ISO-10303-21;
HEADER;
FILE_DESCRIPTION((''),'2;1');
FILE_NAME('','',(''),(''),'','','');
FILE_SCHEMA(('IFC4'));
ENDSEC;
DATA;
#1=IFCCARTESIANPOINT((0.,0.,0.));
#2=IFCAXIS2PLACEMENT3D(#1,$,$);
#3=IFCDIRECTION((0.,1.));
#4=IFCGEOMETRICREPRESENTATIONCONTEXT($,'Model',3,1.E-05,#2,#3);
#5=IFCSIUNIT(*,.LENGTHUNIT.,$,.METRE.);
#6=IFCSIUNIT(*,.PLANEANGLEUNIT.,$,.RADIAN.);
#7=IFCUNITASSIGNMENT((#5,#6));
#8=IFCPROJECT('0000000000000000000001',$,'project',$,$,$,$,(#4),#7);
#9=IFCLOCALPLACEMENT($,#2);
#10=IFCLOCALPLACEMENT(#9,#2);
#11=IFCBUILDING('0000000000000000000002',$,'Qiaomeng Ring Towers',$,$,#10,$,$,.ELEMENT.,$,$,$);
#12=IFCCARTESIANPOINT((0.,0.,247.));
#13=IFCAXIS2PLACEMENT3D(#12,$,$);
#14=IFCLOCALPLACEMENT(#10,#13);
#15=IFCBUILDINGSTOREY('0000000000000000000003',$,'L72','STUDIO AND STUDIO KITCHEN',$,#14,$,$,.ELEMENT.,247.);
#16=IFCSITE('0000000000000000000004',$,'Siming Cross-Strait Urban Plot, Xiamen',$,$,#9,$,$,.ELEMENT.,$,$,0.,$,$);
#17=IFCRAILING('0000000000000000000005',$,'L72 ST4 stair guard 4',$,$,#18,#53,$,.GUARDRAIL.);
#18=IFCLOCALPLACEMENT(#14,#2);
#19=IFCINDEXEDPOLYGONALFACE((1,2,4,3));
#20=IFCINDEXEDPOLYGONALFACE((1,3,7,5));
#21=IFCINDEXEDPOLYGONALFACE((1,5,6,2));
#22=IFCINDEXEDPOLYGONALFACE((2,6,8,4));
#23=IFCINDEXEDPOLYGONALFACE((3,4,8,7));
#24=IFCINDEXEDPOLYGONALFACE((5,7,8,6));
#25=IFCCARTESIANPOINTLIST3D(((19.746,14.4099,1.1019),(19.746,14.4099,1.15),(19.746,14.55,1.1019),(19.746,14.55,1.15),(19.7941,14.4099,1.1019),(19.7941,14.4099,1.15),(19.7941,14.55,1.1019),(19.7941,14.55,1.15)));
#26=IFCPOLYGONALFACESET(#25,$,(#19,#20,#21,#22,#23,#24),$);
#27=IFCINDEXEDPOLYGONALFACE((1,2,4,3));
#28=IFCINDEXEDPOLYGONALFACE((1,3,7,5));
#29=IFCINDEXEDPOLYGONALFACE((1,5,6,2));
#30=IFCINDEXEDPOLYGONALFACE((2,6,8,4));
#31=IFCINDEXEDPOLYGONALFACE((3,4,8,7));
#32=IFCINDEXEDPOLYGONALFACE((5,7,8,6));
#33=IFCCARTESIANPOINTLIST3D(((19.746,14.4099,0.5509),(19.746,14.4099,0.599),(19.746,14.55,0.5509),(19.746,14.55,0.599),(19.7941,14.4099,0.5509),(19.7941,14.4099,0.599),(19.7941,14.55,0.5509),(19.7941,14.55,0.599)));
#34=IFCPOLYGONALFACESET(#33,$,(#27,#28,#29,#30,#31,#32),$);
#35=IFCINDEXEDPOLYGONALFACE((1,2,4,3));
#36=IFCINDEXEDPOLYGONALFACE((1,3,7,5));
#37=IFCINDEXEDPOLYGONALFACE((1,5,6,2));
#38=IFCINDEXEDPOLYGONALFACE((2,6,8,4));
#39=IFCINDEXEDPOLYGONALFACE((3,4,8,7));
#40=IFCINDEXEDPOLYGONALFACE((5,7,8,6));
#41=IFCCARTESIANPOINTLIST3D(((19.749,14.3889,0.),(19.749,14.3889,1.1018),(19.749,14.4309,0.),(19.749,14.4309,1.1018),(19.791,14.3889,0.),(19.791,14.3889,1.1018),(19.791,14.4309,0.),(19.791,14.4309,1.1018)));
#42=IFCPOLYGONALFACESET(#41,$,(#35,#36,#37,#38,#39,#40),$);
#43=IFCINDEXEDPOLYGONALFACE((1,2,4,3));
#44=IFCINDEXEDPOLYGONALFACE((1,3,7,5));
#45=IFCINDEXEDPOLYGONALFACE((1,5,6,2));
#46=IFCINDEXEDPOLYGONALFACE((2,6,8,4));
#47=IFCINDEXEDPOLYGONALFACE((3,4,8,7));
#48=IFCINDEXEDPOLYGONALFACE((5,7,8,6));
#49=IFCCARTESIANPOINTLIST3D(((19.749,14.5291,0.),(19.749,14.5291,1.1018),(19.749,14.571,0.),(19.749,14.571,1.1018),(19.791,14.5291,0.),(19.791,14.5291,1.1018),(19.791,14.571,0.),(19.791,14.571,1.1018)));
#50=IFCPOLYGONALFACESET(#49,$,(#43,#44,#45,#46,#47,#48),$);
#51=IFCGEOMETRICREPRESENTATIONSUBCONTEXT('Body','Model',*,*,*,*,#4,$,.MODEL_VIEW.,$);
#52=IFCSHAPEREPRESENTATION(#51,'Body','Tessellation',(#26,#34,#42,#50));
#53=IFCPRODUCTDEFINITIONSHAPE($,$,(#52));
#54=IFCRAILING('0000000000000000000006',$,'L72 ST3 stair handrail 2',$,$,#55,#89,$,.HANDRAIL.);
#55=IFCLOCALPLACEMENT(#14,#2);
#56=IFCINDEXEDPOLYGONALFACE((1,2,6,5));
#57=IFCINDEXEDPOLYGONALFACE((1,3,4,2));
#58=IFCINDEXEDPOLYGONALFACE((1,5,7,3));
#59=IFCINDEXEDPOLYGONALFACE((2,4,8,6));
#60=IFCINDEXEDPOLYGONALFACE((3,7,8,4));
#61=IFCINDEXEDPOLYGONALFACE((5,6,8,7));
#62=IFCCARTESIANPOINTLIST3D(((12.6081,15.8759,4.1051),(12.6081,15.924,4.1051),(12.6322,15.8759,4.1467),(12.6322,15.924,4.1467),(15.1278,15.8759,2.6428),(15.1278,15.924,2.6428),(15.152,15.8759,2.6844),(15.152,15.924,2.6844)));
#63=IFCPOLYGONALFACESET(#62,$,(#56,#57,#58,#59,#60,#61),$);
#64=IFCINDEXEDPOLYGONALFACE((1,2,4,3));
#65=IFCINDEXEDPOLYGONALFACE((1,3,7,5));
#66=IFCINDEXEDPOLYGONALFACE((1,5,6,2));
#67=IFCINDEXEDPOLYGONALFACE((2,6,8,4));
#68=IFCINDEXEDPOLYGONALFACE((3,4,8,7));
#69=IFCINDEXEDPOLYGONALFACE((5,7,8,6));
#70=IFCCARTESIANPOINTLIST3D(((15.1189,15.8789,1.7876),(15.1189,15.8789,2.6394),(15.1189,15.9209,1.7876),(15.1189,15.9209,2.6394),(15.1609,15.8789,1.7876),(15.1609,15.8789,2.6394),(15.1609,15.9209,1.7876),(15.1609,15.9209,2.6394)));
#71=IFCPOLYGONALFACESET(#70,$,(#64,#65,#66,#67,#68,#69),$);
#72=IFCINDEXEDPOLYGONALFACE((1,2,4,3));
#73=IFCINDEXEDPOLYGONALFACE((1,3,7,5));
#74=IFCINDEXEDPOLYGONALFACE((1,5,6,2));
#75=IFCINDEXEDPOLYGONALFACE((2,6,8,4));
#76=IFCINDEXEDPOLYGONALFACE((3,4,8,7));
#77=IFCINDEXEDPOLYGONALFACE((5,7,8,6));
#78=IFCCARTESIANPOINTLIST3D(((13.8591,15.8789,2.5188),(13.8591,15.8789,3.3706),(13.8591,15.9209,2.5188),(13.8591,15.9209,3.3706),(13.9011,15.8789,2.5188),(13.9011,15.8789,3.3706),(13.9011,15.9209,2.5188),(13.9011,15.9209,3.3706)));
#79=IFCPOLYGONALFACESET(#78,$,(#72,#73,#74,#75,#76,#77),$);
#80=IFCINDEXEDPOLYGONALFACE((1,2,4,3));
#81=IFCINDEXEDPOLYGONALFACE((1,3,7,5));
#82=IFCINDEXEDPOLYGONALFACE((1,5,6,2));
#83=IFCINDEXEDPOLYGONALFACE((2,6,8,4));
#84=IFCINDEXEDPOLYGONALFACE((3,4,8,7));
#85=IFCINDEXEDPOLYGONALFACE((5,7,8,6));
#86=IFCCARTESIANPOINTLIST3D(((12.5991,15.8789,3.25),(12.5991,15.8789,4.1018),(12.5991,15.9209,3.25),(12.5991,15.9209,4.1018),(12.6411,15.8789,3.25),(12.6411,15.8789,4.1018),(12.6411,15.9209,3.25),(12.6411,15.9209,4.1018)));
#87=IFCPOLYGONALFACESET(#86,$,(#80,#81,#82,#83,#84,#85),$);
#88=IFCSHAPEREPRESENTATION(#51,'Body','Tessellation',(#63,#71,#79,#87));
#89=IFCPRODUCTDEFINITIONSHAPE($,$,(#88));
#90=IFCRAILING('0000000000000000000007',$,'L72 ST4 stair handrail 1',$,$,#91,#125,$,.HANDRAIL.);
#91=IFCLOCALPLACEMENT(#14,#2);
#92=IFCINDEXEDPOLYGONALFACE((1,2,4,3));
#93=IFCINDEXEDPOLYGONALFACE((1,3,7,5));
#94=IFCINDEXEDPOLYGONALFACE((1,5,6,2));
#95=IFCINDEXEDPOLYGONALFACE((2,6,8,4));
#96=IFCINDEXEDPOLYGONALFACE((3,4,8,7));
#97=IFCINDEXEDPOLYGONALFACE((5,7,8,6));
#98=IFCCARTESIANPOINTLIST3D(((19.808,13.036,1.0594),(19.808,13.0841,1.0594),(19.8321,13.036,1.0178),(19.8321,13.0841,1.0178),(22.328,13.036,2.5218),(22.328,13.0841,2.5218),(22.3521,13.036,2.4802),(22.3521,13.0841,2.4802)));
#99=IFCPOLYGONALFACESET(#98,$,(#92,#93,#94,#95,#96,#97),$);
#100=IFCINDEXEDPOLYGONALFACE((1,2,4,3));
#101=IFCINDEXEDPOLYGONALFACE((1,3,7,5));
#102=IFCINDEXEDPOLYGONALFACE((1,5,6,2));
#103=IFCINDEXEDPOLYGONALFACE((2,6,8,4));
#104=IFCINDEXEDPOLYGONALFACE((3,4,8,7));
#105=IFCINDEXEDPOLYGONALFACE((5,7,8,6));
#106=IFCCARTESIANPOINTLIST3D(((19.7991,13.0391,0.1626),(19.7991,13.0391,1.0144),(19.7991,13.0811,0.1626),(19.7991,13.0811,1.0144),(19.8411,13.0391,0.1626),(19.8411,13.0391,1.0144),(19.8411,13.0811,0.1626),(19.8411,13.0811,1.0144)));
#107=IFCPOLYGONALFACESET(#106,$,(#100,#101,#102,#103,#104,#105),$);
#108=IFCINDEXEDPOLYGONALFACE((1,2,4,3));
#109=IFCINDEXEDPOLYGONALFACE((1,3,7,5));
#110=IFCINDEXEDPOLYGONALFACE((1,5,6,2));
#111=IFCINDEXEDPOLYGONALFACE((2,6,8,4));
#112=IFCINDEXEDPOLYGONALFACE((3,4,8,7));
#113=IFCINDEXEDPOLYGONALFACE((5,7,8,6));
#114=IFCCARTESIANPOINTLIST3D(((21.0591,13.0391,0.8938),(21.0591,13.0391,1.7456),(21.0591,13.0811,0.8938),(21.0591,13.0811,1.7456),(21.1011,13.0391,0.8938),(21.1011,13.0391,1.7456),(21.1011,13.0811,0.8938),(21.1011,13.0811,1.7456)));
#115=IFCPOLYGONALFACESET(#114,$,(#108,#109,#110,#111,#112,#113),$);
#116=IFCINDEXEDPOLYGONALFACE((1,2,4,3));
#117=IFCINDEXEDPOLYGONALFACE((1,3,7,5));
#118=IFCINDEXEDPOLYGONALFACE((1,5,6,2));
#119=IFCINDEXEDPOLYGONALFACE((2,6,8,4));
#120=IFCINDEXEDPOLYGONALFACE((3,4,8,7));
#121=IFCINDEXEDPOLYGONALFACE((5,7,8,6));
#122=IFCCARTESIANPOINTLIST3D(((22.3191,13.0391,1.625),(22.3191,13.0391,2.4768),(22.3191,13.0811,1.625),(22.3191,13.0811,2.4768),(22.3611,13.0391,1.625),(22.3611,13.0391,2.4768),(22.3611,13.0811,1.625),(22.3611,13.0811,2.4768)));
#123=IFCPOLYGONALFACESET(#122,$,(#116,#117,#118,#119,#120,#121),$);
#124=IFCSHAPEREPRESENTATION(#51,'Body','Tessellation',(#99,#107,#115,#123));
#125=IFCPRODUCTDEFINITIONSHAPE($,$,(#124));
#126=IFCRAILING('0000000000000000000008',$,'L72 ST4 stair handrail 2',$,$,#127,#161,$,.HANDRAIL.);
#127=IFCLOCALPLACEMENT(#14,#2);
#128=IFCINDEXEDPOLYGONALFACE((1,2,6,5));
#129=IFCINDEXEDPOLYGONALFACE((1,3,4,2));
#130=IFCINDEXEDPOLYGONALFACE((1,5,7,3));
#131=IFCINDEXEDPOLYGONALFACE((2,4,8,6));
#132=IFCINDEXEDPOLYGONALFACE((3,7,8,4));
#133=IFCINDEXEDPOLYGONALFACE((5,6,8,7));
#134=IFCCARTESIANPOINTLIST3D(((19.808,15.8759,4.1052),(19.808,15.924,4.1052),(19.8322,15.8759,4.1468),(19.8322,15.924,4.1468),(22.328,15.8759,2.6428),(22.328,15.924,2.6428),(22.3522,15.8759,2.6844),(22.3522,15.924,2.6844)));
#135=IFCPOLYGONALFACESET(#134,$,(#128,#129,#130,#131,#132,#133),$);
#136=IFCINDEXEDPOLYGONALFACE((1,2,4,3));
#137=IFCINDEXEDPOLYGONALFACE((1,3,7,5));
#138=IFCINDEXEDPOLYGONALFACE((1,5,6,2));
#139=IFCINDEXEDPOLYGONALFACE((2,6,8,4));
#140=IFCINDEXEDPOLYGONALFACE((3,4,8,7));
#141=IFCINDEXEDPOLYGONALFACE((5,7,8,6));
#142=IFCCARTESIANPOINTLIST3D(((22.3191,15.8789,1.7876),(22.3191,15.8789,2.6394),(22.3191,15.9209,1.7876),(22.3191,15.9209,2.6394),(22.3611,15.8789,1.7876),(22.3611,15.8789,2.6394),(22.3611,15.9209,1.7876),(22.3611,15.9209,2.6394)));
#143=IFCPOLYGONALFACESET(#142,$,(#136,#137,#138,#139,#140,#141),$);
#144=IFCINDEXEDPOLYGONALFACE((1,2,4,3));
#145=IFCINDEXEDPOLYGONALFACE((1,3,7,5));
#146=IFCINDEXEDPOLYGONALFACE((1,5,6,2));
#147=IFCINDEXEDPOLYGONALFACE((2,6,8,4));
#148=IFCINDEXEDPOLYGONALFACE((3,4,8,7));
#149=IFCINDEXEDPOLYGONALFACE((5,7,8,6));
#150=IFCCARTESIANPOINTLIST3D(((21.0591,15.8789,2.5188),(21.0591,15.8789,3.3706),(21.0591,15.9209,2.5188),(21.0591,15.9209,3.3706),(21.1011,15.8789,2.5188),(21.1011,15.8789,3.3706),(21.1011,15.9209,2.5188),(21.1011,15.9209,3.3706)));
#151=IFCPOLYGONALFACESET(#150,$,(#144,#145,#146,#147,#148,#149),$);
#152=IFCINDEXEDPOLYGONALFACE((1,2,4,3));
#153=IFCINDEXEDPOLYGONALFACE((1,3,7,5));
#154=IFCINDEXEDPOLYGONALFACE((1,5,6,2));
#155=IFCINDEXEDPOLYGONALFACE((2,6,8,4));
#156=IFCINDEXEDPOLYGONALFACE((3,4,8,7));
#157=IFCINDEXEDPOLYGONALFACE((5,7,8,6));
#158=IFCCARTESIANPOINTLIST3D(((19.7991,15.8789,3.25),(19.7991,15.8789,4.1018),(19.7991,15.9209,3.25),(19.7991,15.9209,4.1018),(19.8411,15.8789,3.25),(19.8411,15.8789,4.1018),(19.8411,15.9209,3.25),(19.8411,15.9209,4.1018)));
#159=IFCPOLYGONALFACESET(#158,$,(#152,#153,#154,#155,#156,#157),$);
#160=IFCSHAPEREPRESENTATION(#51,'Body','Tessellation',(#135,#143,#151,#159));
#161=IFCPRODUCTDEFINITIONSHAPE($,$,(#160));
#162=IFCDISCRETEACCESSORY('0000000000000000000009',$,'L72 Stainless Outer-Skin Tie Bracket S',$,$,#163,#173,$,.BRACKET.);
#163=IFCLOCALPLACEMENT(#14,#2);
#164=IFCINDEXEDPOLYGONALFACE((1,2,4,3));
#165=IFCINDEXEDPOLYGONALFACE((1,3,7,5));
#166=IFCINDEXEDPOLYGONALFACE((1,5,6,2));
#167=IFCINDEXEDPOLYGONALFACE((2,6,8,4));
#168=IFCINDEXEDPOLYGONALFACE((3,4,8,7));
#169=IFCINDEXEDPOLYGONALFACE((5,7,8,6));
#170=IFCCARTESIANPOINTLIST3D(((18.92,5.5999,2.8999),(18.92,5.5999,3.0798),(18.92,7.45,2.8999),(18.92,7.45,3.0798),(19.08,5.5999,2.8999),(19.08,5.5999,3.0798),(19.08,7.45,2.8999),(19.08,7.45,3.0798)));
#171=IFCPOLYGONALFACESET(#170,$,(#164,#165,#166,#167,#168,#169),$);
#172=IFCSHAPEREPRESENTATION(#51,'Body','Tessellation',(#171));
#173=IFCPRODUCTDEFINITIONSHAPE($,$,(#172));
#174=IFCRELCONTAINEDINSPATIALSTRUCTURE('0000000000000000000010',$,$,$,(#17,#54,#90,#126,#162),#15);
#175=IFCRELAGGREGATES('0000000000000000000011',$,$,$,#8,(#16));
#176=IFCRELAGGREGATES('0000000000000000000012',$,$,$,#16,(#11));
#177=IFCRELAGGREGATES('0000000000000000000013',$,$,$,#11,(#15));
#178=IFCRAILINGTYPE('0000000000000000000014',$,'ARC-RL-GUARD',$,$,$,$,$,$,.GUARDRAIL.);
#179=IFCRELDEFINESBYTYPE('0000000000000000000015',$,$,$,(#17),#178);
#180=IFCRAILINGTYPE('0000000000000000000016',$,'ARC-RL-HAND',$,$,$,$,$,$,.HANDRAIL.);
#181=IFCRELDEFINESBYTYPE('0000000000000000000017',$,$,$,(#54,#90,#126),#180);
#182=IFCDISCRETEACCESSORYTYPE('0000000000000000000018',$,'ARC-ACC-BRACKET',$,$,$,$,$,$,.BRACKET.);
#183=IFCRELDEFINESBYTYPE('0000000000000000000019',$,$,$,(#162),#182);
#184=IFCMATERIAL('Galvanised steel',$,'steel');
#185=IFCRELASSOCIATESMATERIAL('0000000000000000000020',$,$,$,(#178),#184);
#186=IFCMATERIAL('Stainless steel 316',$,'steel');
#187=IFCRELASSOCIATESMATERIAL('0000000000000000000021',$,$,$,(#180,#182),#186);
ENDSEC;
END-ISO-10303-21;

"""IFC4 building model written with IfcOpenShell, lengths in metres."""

from ifc_helpers import new_model, si_unit, direction, frame, origin, origin_2d, place, context, subcontext, project, spatial, rectangle, extrude, source, transform, mapped, material, type_object, element, save


model = new_model("IFC4")

# Units and contexts
model_context = context("Model", 3, precision=1e-05, world=origin(), true_north=direction((0.0, 1.0)))
body_context = subcontext(model_context, "Body", "Model", "MODEL_VIEW")
ifc_project = project(units=[si_unit("LENGTHUNIT", "METRE"), si_unit("PLANEANGLEUNIT", "RADIAN")], contexts=[model_context])

# Site, building, storey
site_placement = place(None, origin())
site = spatial("IfcSite", under=ifc_project, at=site_placement, Name="Siming Cross-Strait Urban Plot, Xiamen", CompositionType="ELEMENT", RefElevation=0.0)
building_placement = place(site_placement, origin())
building = spatial("IfcBuilding", under=site, at=building_placement, Name="Qiaomeng Ring Towers", CompositionType="ELEMENT")
storey_placement = place(building_placement, frame((0.0, 0.0, 247.0)))
storey = spatial("IfcBuildingStorey", under=building, at=storey_placement, Name="L72", Description="STUDIO AND STUDIO KITCHEN", CompositionType="ELEMENT", Elevation=247.0)

# Shared definitions
ifc_material_1 = material(Name="Galvanised steel", Category="steel")

# Railings
railing_type_1 = type_object("IfcRailingType", Name="ARC-RL-GUARD", PredefinedType="GUARDRAIL", material=ifc_material_1)
railing_1_placement = place(storey_placement, frame((19.77, 14.4099, 0.0)))
element("IfcRailing", 1, at=railing_1_placement, inside=storey, type_object=railing_type_1, Name="L72 ST4 stair guard 4", PredefinedType="GUARDRAIL", context=body_context, shape_type="SweptSolid", body=[
    extrude(rectangle(XDim=0.0481, YDim=0.0481, at=origin_2d()), frame((0.0, 0.0, 1.126), z_axis=(0.0, 1.0, 0.0), x_axis=(-1.0, 0.0, 0.0)), (0.0, 0.0, 1.0), 0.1401),
    extrude(rectangle(XDim=0.0481, YDim=0.0481, at=origin_2d()), frame((0.0, 0.0, 0.575), z_axis=(0.0, 1.0, 0.0), x_axis=(-1.0, 0.0, 0.0)), (0.0, 0.0, 1.0), 0.1401),
    extrude(rectangle(XDim=0.042, YDim=0.042, at=origin_2d()), origin(), (0.0, 0.0, 1.0), 1.1018),
    extrude(rectangle(XDim=0.042, YDim=0.042, at=origin_2d()), frame((0.0, 0.1401, 0.0)), (0.0, 0.0, 1.0), 1.1018),
])
ifc_material_2 = material(Name="Stainless steel 316", Category="steel")
railing_type_2 = type_object("IfcRailingType", Name="ARC-RL-HAND", PredefinedType="HANDRAIL", material=ifc_material_2)
railing_2_placement = place(storey_placement, frame((15.1399, 15.8999, 1.7876)))
element("IfcRailing", 2, at=railing_2_placement, inside=storey, type_object=railing_type_2, Name="L72 ST3 stair handrail 2", PredefinedType="HANDRAIL", context=body_context, shape_type="SweptSolid", body=[
    extrude(rectangle(XDim=0.0481, YDim=0.0481, at=origin_2d()), frame((0.0, 0.0, 0.876), z_axis=(-0.864892, 0.0, 0.501958), x_axis=(0.0, -1.0, 0.0)), (0.0, 0.0, 1.0), 2.9133),
    extrude(rectangle(XDim=0.042, YDim=0.042, at=origin_2d()), origin(), (0.0, 0.0, 1.0), 0.8518),
    extrude(rectangle(XDim=0.042, YDim=0.042, at=origin_2d()), frame((-1.2598, 0.0, 0.7312)), (0.0, 0.0, 1.0), 0.8518),
    extrude(rectangle(XDim=0.042, YDim=0.042, at=origin_2d()), frame((-2.5198, 0.0, 1.4624)), (0.0, 0.0, 1.0), 0.8518),
])
railing_3_placement = place(storey_placement, frame((19.8201, 13.0601, 0.1626)))
element("IfcRailing", 3, at=railing_3_placement, inside=storey, type_object=railing_type_2, Name="L72 ST4 stair handrail 1", PredefinedType="HANDRAIL", context=body_context, shape_type="SweptSolid", body=[
    extrude(rectangle(XDim=0.0481, YDim=0.0481, at=origin_2d()), frame((0.0, 0.0, 0.876), z_axis=(0.864913, 0.0, 0.501921), x_axis=(0.0, 1.0, 0.0)), (0.0, 0.0, 1.0), 2.9136),
    extrude(rectangle(XDim=0.042, YDim=0.042, at=origin_2d()), origin(), (0.0, 0.0, 1.0), 0.8518),
    extrude(rectangle(XDim=0.042, YDim=0.042, at=origin_2d()), frame((1.26, 0.0, 0.7312)), (0.0, 0.0, 1.0), 0.8518),
    extrude(rectangle(XDim=0.042, YDim=0.042, at=origin_2d()), frame((2.52, 0.0, 1.4624)), (0.0, 0.0, 1.0), 0.8518),
])
railing_4_placement = place(storey_placement, frame((22.3401, 15.8999, 1.7876)))
element("IfcRailing", 4, at=railing_4_placement, inside=storey, type_object=railing_type_2, Name="L72 ST4 stair handrail 2", PredefinedType="HANDRAIL", context=body_context, shape_type="SweptSolid", body=[
    extrude(rectangle(XDim=0.0481, YDim=0.0481, at=origin_2d()), frame((0.0, 0.0, 0.876), z_axis=(-0.864913, 0.0, 0.501921), x_axis=(0.0, -1.0, 0.0)), (0.0, 0.0, 1.0), 2.9136),
    extrude(rectangle(XDim=0.042, YDim=0.042, at=origin_2d()), origin(), (0.0, 0.0, 1.0), 0.8518),
    extrude(rectangle(XDim=0.042, YDim=0.042, at=origin_2d()), frame((-1.26, 0.0, 0.7312)), (0.0, 0.0, 1.0), 0.8518),
    extrude(rectangle(XDim=0.042, YDim=0.042, at=origin_2d()), frame((-2.52, 0.0, 1.4624)), (0.0, 0.0, 1.0), 0.8518),
])

# Discrete accessory
discrete_accessory_type = type_object("IfcDiscreteAccessoryType", Name="ARC-ACC-BRACKET", PredefinedType="BRACKET", material=ifc_material_2)
shared_shape_1 = source(origin(), body_context, "Body", "SweptSolid", [
    extrude(rectangle(XDim=0.1599, YDim=1.8501, at=origin_2d()), origin(), (0.0, 0.0, 1.0), 0.1799),
])
discrete_accessory_placement = place(storey_placement, frame((19.0, 6.5249, 2.8999), z_axis=(0.0, 0.0, 1.0), x_axis=(1.0, 0.0, 0.0)))
element("IfcDiscreteAccessory", 5, at=discrete_accessory_placement, inside=storey, type_object=discrete_accessory_type, Name="L72 Stainless Outer-Skin Tie Bracket S", PredefinedType="BRACKET", context=body_context, shape_type="MappedRepresentation", body=[
    mapped(shared_shape_1, transform((0.0, 0.0, 0.0), x_axis=(1.0, 0.0, 0.0), y_axis=(0.0, 1.0, 0.0), z_axis=(0.0, 0.0, 1.0), scale=1.0)),
])

save(model, "model.ifc")
